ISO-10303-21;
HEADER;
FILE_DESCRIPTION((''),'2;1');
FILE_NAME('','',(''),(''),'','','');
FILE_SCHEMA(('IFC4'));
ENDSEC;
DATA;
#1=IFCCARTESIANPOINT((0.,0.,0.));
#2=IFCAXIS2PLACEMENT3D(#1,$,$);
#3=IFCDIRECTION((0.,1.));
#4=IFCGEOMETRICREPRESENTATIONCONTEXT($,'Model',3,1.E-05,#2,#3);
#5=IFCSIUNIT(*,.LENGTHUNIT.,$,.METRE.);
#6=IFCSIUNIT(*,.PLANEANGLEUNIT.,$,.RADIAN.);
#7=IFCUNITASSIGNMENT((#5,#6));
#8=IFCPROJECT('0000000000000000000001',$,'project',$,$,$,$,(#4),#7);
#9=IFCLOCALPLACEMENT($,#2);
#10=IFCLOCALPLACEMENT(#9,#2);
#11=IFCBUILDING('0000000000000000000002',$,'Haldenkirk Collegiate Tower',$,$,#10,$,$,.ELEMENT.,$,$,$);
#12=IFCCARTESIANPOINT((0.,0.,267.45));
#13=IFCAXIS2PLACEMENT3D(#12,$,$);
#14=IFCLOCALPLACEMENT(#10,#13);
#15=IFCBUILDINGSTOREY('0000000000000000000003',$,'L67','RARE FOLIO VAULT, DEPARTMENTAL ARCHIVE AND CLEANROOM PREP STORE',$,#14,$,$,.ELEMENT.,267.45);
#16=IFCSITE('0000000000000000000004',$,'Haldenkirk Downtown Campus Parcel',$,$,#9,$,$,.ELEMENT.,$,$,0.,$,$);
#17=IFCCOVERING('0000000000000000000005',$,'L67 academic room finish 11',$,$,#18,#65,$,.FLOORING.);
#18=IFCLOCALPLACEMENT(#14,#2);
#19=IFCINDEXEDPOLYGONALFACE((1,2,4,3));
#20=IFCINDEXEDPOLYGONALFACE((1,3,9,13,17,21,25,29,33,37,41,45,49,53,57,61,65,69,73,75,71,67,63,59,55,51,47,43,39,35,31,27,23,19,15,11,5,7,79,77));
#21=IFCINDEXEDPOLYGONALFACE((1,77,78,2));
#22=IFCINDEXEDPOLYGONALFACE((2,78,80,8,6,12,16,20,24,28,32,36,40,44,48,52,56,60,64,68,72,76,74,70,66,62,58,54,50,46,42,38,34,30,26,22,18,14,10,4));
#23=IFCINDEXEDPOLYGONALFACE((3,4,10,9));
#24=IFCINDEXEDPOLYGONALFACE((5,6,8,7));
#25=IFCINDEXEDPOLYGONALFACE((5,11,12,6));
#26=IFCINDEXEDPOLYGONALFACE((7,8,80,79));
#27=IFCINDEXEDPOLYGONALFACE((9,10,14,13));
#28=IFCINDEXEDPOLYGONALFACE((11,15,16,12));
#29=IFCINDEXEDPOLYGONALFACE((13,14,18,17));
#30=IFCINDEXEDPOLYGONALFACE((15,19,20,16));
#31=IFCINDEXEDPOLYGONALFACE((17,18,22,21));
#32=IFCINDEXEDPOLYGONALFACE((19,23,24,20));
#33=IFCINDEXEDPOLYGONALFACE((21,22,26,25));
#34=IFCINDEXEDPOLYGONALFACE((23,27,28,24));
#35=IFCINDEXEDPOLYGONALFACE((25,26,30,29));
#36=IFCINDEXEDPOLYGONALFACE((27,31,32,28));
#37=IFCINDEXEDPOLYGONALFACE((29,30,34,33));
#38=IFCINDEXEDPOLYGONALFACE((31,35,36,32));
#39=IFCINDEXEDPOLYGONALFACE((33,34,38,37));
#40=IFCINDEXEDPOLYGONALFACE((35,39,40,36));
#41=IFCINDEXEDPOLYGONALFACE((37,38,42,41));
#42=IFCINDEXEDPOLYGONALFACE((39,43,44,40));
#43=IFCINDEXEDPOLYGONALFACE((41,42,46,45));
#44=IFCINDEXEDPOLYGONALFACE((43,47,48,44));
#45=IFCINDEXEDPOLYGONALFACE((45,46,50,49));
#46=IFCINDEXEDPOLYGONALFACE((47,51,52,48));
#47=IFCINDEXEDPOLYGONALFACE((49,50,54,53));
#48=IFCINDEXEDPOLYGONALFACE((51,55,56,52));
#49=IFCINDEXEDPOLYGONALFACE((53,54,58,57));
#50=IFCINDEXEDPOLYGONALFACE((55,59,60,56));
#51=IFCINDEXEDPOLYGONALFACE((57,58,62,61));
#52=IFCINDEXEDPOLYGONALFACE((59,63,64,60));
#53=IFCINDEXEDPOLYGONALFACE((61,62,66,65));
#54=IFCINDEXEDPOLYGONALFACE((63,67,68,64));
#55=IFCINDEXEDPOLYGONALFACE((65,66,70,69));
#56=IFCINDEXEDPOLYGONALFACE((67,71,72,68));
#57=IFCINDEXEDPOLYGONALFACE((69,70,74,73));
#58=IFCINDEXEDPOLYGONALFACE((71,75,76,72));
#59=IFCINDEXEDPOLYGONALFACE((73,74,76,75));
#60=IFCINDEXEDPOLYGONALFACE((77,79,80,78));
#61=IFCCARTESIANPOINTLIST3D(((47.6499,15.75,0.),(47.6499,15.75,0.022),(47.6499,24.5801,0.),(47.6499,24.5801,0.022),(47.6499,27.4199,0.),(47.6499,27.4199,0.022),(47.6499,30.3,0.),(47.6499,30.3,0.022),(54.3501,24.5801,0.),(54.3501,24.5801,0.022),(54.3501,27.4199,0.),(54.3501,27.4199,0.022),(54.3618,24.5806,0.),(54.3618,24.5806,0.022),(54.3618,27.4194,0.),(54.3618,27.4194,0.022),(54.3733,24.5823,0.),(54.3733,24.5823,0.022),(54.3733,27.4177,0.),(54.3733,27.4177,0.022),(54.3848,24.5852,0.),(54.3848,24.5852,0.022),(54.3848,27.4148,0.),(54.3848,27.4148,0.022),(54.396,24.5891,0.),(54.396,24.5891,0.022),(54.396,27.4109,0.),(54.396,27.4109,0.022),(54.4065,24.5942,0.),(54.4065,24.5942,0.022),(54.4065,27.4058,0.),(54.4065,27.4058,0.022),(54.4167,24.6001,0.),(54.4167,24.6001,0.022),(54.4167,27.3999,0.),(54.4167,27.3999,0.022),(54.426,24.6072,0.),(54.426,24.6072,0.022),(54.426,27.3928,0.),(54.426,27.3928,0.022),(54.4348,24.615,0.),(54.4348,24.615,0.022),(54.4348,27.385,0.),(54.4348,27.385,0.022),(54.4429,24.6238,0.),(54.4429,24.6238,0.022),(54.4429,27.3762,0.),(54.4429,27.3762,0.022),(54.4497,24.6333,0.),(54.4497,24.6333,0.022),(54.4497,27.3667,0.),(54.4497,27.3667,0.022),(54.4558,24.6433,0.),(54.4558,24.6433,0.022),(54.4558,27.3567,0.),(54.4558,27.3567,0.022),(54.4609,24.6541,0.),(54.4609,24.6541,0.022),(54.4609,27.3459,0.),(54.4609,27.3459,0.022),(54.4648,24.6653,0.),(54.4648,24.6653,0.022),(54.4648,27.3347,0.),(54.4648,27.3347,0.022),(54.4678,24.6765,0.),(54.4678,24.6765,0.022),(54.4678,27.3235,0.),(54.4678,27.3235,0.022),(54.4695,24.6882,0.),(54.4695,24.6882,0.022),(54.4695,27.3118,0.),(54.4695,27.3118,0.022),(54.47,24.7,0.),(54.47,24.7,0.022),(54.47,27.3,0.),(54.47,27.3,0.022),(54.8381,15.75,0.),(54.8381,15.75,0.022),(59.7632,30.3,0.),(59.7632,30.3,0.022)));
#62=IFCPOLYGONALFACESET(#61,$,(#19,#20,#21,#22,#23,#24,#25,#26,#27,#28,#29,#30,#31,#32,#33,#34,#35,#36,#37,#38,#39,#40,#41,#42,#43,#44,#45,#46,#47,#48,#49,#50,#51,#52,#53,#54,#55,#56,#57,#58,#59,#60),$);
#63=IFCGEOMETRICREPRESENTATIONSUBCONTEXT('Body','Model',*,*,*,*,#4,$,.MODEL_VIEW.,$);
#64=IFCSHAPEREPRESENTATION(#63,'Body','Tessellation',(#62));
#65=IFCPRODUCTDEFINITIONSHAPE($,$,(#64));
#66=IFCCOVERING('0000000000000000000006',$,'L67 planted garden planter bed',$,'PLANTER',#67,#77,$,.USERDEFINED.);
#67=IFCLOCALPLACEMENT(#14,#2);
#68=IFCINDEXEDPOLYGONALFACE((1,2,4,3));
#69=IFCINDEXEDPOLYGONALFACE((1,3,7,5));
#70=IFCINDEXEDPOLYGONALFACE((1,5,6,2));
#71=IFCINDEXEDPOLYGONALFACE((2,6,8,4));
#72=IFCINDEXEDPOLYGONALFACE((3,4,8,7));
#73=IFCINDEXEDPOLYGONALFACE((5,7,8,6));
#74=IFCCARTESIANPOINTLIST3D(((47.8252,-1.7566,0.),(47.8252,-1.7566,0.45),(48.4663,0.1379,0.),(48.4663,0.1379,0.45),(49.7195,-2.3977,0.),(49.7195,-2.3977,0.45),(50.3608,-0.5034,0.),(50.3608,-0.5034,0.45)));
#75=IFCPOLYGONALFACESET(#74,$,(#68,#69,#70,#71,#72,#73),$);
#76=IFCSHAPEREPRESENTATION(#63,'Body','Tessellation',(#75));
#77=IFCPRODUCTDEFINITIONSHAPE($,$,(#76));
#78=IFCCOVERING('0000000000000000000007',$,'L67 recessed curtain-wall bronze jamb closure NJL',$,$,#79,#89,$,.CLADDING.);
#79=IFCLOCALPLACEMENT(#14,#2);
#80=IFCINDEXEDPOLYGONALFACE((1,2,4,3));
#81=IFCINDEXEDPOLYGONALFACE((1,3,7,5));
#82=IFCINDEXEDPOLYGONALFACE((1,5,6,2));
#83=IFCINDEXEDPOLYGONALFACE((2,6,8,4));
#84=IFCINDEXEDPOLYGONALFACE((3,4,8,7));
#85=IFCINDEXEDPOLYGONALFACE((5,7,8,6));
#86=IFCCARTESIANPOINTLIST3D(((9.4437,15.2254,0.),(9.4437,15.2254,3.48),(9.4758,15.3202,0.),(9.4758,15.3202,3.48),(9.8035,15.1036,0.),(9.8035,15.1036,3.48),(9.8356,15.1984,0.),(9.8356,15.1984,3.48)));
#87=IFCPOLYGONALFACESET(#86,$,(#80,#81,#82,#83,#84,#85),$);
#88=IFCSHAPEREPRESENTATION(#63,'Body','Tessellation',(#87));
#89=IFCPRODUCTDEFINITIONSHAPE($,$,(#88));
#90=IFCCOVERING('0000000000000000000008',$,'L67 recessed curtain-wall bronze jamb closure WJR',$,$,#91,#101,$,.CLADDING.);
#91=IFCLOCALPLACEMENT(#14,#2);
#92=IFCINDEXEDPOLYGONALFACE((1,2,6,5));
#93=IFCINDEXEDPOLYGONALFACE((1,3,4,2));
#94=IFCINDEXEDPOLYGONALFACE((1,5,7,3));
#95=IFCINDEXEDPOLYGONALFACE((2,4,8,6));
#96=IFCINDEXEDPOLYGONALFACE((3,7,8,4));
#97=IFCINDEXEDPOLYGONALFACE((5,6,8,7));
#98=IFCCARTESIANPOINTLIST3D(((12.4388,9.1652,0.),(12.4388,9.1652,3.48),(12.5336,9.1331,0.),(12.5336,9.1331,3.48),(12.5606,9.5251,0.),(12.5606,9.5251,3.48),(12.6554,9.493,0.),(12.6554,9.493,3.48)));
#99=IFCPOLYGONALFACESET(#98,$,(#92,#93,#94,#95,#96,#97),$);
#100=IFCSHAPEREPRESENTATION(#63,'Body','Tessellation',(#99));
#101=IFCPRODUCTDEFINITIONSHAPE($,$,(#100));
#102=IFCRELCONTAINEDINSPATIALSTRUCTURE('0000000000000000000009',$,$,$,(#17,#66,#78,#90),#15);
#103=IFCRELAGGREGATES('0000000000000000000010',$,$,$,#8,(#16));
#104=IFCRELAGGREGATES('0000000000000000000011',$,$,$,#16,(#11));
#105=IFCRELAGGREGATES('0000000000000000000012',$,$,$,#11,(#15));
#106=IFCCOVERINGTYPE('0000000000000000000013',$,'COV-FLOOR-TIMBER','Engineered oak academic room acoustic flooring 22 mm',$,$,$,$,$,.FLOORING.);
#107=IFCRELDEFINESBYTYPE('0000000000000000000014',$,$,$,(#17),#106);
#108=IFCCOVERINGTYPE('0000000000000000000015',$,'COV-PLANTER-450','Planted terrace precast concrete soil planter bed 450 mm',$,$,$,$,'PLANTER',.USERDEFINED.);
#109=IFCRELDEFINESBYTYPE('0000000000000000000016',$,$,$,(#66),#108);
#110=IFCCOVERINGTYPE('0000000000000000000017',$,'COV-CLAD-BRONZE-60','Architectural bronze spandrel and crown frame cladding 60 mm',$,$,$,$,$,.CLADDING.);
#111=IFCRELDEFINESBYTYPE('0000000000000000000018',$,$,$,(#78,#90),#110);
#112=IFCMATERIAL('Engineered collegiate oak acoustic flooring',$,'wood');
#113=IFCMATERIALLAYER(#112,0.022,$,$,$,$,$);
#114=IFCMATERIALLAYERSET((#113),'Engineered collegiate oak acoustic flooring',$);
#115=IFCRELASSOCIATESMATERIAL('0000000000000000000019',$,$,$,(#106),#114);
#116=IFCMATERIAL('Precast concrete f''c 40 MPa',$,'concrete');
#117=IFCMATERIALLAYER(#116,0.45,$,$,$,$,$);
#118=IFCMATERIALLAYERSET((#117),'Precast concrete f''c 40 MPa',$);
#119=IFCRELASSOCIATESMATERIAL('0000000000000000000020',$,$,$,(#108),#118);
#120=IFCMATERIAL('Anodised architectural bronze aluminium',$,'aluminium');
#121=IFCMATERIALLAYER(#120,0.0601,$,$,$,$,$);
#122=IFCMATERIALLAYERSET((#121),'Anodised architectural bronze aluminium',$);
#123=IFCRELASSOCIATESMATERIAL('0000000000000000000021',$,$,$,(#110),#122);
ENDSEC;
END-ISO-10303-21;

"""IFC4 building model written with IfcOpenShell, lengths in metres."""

from ifc_helpers import new_model, si_unit, direction, frame, origin, origin_2d, place, context, subcontext, project, spatial, polyline, rectangle, outline, extrude, source, transform, mapped, material, layer, layer_set, type_object, element, save


model = new_model("IFC4")

# Units and contexts
model_context = context("Model", 3, precision=1e-05, world=origin(), true_north=direction((0.0, 1.0)))
body_context = subcontext(model_context, "Body", "Model", "MODEL_VIEW")
ifc_project = project(units=[si_unit("LENGTHUNIT", "METRE"), si_unit("PLANEANGLEUNIT", "RADIAN")], contexts=[model_context])

# Site, building, storey
site_placement = place(None, origin())
site = spatial("IfcSite", under=ifc_project, at=site_placement, Name="Haldenkirk Downtown Campus Parcel", CompositionType="ELEMENT", RefElevation=0.0)
building_placement = place(site_placement, origin())
building = spatial("IfcBuilding", under=site, at=building_placement, Name="Haldenkirk Collegiate Tower", CompositionType="ELEMENT")
storey_placement = place(building_placement, frame((0.0, 0.0, 267.45)))
storey = spatial("IfcBuildingStorey", under=building, at=storey_placement, Name="L67", Description="RARE FOLIO VAULT, DEPARTMENTAL ARCHIVE AND CLEANROOM PREP STORE", CompositionType="ELEMENT", Elevation=267.45)

# Shared definitions
ifc_material_1 = material(Name="Anodised architectural bronze aluminium", Category="aluminium")

# Shared definitions
ifc_material_2 = material(Name="Precast concrete f'c 40 MPa", Category="concrete")

# Coverings
ifc_material_3 = material(Name="Engineered collegiate oak acoustic flooring", Category="wood")
ifc_layer_1 = layer(ifc_material_3, 0.022)
ifc_layer_set_1 = layer_set([ifc_layer_1], Name="Engineered collegiate oak acoustic flooring")
covering_type_1 = type_object("IfcCoveringType", Name="COV-FLOOR-TIMBER", Description="Engineered oak academic room acoustic flooring 22 mm", PredefinedType="FLOORING", material=ifc_layer_set_1)
covering_1_placement = place(storey_placement, origin())
element("IfcCovering", 1, at=covering_1_placement, inside=storey, type_object=covering_type_1, Name="L67 academic room finish 11", PredefinedType="FLOORING", context=body_context, shape_type="SweptSolid", body=[
    extrude(outline(polyline([(54.8381, 15.75), (47.6499, 15.75), (47.6499, 24.5801), (54.3501, 24.5801), (54.3618, 24.5806), (54.3733, 24.5823), (54.3848, 24.5852), (54.396, 24.5891), (54.4065, 24.5942), (54.4167, 24.6001), (54.426, 24.6072), (54.4348, 24.615), (54.4429, 24.6238), (54.4497, 24.6333), (54.4558, 24.6433), (54.4609, 24.6541), (54.4648, 24.6653), (54.4678, 24.6765), (54.4695, 24.6882), (54.47, 24.7), (54.47, 27.3), (54.4695, 27.3118), (54.4678, 27.3235), (54.4648, 27.3347), (54.4609, 27.3459), (54.4558, 27.3567), (54.4497, 27.3667), (54.4429, 27.3762), (54.4348, 27.385), (54.426, 27.3928), (54.4167, 27.3999), (54.4065, 27.4058), (54.396, 27.4109), (54.3848, 27.4148), (54.3733, 27.4177), (54.3618, 27.4194), (54.3501, 27.4199), (47.6499, 27.4199), (47.6499, 30.3), (59.7632, 30.3), (54.8381, 15.75)])), origin(), (0.0, 0.0, 1.0), 0.022),
])
ifc_layer_2 = layer(ifc_material_2, 0.45)
ifc_layer_set_2 = layer_set([ifc_layer_2], Name="Precast concrete f'c 40 MPa")
covering_type_2 = type_object("IfcCoveringType", Name="COV-PLANTER-450", Description="Planted terrace precast concrete soil planter bed 450 mm", ElementType="PLANTER", PredefinedType="USERDEFINED", material=ifc_layer_set_2)
covering_2_placement = place(storey_placement, origin())
element("IfcCovering", 2, at=covering_2_placement, inside=storey, type_object=covering_type_2, Name="L67 planted garden planter bed", ObjectType="PLANTER", PredefinedType="USERDEFINED", context=body_context, shape_type="SweptSolid", body=[
    extrude(outline(polyline([(49.7195, -2.3977), (47.8252, -1.7566), (48.4663, 0.1379), (50.3608, -0.5034), (49.7195, -2.3977)])), origin(), (0.0, 0.0, 1.0), 0.45),
])
ifc_layer_3 = layer(ifc_material_1, 0.0601)
ifc_layer_set_3 = layer_set([ifc_layer_3], Name="Anodised architectural bronze aluminium")
covering_type_3 = type_object("IfcCoveringType", Name="COV-CLAD-BRONZE-60", Description="Architectural bronze spandrel and crown frame cladding 60 mm", PredefinedType="CLADDING", material=ifc_layer_set_3)
shared_shape_1 = source(origin(), body_context, "Body", "SweptSolid", [
    extrude(rectangle(XDim=0.1001, YDim=0.3799, at=origin_2d()), origin(), (0.0, 0.0, 1.0), 3.48),
])
for number, where, z_axis, x_axis, name in (
    (3, (9.6396, 15.2119, 0.0), (0.0, 0.0, 1.0), (0.320613, 0.94721, 0.0), "L67 recessed curtain-wall bronze jamb closure NJL"),
    (4, (12.5471, 9.3291, 0.0), (0.0, 0.0, 1.0), (-0.94721, 0.320613, 0.0), "L67 recessed curtain-wall bronze jamb closure WJR"),
):
    element("IfcCovering", number, at=place(storey_placement, frame(where, z_axis=z_axis, x_axis=x_axis)), inside=storey, type_object=covering_type_3, Name=name, PredefinedType="CLADDING", context=body_context, shape_type="MappedRepresentation", body=[
        mapped(shared_shape_1, transform((0.0, 0.0, 0.0), x_axis=(1.0, 0.0, 0.0), y_axis=(0.0, 1.0, 0.0), z_axis=(0.0, 0.0, 1.0), scale=1.0)),
    ])

save(model, "model.ifc")
